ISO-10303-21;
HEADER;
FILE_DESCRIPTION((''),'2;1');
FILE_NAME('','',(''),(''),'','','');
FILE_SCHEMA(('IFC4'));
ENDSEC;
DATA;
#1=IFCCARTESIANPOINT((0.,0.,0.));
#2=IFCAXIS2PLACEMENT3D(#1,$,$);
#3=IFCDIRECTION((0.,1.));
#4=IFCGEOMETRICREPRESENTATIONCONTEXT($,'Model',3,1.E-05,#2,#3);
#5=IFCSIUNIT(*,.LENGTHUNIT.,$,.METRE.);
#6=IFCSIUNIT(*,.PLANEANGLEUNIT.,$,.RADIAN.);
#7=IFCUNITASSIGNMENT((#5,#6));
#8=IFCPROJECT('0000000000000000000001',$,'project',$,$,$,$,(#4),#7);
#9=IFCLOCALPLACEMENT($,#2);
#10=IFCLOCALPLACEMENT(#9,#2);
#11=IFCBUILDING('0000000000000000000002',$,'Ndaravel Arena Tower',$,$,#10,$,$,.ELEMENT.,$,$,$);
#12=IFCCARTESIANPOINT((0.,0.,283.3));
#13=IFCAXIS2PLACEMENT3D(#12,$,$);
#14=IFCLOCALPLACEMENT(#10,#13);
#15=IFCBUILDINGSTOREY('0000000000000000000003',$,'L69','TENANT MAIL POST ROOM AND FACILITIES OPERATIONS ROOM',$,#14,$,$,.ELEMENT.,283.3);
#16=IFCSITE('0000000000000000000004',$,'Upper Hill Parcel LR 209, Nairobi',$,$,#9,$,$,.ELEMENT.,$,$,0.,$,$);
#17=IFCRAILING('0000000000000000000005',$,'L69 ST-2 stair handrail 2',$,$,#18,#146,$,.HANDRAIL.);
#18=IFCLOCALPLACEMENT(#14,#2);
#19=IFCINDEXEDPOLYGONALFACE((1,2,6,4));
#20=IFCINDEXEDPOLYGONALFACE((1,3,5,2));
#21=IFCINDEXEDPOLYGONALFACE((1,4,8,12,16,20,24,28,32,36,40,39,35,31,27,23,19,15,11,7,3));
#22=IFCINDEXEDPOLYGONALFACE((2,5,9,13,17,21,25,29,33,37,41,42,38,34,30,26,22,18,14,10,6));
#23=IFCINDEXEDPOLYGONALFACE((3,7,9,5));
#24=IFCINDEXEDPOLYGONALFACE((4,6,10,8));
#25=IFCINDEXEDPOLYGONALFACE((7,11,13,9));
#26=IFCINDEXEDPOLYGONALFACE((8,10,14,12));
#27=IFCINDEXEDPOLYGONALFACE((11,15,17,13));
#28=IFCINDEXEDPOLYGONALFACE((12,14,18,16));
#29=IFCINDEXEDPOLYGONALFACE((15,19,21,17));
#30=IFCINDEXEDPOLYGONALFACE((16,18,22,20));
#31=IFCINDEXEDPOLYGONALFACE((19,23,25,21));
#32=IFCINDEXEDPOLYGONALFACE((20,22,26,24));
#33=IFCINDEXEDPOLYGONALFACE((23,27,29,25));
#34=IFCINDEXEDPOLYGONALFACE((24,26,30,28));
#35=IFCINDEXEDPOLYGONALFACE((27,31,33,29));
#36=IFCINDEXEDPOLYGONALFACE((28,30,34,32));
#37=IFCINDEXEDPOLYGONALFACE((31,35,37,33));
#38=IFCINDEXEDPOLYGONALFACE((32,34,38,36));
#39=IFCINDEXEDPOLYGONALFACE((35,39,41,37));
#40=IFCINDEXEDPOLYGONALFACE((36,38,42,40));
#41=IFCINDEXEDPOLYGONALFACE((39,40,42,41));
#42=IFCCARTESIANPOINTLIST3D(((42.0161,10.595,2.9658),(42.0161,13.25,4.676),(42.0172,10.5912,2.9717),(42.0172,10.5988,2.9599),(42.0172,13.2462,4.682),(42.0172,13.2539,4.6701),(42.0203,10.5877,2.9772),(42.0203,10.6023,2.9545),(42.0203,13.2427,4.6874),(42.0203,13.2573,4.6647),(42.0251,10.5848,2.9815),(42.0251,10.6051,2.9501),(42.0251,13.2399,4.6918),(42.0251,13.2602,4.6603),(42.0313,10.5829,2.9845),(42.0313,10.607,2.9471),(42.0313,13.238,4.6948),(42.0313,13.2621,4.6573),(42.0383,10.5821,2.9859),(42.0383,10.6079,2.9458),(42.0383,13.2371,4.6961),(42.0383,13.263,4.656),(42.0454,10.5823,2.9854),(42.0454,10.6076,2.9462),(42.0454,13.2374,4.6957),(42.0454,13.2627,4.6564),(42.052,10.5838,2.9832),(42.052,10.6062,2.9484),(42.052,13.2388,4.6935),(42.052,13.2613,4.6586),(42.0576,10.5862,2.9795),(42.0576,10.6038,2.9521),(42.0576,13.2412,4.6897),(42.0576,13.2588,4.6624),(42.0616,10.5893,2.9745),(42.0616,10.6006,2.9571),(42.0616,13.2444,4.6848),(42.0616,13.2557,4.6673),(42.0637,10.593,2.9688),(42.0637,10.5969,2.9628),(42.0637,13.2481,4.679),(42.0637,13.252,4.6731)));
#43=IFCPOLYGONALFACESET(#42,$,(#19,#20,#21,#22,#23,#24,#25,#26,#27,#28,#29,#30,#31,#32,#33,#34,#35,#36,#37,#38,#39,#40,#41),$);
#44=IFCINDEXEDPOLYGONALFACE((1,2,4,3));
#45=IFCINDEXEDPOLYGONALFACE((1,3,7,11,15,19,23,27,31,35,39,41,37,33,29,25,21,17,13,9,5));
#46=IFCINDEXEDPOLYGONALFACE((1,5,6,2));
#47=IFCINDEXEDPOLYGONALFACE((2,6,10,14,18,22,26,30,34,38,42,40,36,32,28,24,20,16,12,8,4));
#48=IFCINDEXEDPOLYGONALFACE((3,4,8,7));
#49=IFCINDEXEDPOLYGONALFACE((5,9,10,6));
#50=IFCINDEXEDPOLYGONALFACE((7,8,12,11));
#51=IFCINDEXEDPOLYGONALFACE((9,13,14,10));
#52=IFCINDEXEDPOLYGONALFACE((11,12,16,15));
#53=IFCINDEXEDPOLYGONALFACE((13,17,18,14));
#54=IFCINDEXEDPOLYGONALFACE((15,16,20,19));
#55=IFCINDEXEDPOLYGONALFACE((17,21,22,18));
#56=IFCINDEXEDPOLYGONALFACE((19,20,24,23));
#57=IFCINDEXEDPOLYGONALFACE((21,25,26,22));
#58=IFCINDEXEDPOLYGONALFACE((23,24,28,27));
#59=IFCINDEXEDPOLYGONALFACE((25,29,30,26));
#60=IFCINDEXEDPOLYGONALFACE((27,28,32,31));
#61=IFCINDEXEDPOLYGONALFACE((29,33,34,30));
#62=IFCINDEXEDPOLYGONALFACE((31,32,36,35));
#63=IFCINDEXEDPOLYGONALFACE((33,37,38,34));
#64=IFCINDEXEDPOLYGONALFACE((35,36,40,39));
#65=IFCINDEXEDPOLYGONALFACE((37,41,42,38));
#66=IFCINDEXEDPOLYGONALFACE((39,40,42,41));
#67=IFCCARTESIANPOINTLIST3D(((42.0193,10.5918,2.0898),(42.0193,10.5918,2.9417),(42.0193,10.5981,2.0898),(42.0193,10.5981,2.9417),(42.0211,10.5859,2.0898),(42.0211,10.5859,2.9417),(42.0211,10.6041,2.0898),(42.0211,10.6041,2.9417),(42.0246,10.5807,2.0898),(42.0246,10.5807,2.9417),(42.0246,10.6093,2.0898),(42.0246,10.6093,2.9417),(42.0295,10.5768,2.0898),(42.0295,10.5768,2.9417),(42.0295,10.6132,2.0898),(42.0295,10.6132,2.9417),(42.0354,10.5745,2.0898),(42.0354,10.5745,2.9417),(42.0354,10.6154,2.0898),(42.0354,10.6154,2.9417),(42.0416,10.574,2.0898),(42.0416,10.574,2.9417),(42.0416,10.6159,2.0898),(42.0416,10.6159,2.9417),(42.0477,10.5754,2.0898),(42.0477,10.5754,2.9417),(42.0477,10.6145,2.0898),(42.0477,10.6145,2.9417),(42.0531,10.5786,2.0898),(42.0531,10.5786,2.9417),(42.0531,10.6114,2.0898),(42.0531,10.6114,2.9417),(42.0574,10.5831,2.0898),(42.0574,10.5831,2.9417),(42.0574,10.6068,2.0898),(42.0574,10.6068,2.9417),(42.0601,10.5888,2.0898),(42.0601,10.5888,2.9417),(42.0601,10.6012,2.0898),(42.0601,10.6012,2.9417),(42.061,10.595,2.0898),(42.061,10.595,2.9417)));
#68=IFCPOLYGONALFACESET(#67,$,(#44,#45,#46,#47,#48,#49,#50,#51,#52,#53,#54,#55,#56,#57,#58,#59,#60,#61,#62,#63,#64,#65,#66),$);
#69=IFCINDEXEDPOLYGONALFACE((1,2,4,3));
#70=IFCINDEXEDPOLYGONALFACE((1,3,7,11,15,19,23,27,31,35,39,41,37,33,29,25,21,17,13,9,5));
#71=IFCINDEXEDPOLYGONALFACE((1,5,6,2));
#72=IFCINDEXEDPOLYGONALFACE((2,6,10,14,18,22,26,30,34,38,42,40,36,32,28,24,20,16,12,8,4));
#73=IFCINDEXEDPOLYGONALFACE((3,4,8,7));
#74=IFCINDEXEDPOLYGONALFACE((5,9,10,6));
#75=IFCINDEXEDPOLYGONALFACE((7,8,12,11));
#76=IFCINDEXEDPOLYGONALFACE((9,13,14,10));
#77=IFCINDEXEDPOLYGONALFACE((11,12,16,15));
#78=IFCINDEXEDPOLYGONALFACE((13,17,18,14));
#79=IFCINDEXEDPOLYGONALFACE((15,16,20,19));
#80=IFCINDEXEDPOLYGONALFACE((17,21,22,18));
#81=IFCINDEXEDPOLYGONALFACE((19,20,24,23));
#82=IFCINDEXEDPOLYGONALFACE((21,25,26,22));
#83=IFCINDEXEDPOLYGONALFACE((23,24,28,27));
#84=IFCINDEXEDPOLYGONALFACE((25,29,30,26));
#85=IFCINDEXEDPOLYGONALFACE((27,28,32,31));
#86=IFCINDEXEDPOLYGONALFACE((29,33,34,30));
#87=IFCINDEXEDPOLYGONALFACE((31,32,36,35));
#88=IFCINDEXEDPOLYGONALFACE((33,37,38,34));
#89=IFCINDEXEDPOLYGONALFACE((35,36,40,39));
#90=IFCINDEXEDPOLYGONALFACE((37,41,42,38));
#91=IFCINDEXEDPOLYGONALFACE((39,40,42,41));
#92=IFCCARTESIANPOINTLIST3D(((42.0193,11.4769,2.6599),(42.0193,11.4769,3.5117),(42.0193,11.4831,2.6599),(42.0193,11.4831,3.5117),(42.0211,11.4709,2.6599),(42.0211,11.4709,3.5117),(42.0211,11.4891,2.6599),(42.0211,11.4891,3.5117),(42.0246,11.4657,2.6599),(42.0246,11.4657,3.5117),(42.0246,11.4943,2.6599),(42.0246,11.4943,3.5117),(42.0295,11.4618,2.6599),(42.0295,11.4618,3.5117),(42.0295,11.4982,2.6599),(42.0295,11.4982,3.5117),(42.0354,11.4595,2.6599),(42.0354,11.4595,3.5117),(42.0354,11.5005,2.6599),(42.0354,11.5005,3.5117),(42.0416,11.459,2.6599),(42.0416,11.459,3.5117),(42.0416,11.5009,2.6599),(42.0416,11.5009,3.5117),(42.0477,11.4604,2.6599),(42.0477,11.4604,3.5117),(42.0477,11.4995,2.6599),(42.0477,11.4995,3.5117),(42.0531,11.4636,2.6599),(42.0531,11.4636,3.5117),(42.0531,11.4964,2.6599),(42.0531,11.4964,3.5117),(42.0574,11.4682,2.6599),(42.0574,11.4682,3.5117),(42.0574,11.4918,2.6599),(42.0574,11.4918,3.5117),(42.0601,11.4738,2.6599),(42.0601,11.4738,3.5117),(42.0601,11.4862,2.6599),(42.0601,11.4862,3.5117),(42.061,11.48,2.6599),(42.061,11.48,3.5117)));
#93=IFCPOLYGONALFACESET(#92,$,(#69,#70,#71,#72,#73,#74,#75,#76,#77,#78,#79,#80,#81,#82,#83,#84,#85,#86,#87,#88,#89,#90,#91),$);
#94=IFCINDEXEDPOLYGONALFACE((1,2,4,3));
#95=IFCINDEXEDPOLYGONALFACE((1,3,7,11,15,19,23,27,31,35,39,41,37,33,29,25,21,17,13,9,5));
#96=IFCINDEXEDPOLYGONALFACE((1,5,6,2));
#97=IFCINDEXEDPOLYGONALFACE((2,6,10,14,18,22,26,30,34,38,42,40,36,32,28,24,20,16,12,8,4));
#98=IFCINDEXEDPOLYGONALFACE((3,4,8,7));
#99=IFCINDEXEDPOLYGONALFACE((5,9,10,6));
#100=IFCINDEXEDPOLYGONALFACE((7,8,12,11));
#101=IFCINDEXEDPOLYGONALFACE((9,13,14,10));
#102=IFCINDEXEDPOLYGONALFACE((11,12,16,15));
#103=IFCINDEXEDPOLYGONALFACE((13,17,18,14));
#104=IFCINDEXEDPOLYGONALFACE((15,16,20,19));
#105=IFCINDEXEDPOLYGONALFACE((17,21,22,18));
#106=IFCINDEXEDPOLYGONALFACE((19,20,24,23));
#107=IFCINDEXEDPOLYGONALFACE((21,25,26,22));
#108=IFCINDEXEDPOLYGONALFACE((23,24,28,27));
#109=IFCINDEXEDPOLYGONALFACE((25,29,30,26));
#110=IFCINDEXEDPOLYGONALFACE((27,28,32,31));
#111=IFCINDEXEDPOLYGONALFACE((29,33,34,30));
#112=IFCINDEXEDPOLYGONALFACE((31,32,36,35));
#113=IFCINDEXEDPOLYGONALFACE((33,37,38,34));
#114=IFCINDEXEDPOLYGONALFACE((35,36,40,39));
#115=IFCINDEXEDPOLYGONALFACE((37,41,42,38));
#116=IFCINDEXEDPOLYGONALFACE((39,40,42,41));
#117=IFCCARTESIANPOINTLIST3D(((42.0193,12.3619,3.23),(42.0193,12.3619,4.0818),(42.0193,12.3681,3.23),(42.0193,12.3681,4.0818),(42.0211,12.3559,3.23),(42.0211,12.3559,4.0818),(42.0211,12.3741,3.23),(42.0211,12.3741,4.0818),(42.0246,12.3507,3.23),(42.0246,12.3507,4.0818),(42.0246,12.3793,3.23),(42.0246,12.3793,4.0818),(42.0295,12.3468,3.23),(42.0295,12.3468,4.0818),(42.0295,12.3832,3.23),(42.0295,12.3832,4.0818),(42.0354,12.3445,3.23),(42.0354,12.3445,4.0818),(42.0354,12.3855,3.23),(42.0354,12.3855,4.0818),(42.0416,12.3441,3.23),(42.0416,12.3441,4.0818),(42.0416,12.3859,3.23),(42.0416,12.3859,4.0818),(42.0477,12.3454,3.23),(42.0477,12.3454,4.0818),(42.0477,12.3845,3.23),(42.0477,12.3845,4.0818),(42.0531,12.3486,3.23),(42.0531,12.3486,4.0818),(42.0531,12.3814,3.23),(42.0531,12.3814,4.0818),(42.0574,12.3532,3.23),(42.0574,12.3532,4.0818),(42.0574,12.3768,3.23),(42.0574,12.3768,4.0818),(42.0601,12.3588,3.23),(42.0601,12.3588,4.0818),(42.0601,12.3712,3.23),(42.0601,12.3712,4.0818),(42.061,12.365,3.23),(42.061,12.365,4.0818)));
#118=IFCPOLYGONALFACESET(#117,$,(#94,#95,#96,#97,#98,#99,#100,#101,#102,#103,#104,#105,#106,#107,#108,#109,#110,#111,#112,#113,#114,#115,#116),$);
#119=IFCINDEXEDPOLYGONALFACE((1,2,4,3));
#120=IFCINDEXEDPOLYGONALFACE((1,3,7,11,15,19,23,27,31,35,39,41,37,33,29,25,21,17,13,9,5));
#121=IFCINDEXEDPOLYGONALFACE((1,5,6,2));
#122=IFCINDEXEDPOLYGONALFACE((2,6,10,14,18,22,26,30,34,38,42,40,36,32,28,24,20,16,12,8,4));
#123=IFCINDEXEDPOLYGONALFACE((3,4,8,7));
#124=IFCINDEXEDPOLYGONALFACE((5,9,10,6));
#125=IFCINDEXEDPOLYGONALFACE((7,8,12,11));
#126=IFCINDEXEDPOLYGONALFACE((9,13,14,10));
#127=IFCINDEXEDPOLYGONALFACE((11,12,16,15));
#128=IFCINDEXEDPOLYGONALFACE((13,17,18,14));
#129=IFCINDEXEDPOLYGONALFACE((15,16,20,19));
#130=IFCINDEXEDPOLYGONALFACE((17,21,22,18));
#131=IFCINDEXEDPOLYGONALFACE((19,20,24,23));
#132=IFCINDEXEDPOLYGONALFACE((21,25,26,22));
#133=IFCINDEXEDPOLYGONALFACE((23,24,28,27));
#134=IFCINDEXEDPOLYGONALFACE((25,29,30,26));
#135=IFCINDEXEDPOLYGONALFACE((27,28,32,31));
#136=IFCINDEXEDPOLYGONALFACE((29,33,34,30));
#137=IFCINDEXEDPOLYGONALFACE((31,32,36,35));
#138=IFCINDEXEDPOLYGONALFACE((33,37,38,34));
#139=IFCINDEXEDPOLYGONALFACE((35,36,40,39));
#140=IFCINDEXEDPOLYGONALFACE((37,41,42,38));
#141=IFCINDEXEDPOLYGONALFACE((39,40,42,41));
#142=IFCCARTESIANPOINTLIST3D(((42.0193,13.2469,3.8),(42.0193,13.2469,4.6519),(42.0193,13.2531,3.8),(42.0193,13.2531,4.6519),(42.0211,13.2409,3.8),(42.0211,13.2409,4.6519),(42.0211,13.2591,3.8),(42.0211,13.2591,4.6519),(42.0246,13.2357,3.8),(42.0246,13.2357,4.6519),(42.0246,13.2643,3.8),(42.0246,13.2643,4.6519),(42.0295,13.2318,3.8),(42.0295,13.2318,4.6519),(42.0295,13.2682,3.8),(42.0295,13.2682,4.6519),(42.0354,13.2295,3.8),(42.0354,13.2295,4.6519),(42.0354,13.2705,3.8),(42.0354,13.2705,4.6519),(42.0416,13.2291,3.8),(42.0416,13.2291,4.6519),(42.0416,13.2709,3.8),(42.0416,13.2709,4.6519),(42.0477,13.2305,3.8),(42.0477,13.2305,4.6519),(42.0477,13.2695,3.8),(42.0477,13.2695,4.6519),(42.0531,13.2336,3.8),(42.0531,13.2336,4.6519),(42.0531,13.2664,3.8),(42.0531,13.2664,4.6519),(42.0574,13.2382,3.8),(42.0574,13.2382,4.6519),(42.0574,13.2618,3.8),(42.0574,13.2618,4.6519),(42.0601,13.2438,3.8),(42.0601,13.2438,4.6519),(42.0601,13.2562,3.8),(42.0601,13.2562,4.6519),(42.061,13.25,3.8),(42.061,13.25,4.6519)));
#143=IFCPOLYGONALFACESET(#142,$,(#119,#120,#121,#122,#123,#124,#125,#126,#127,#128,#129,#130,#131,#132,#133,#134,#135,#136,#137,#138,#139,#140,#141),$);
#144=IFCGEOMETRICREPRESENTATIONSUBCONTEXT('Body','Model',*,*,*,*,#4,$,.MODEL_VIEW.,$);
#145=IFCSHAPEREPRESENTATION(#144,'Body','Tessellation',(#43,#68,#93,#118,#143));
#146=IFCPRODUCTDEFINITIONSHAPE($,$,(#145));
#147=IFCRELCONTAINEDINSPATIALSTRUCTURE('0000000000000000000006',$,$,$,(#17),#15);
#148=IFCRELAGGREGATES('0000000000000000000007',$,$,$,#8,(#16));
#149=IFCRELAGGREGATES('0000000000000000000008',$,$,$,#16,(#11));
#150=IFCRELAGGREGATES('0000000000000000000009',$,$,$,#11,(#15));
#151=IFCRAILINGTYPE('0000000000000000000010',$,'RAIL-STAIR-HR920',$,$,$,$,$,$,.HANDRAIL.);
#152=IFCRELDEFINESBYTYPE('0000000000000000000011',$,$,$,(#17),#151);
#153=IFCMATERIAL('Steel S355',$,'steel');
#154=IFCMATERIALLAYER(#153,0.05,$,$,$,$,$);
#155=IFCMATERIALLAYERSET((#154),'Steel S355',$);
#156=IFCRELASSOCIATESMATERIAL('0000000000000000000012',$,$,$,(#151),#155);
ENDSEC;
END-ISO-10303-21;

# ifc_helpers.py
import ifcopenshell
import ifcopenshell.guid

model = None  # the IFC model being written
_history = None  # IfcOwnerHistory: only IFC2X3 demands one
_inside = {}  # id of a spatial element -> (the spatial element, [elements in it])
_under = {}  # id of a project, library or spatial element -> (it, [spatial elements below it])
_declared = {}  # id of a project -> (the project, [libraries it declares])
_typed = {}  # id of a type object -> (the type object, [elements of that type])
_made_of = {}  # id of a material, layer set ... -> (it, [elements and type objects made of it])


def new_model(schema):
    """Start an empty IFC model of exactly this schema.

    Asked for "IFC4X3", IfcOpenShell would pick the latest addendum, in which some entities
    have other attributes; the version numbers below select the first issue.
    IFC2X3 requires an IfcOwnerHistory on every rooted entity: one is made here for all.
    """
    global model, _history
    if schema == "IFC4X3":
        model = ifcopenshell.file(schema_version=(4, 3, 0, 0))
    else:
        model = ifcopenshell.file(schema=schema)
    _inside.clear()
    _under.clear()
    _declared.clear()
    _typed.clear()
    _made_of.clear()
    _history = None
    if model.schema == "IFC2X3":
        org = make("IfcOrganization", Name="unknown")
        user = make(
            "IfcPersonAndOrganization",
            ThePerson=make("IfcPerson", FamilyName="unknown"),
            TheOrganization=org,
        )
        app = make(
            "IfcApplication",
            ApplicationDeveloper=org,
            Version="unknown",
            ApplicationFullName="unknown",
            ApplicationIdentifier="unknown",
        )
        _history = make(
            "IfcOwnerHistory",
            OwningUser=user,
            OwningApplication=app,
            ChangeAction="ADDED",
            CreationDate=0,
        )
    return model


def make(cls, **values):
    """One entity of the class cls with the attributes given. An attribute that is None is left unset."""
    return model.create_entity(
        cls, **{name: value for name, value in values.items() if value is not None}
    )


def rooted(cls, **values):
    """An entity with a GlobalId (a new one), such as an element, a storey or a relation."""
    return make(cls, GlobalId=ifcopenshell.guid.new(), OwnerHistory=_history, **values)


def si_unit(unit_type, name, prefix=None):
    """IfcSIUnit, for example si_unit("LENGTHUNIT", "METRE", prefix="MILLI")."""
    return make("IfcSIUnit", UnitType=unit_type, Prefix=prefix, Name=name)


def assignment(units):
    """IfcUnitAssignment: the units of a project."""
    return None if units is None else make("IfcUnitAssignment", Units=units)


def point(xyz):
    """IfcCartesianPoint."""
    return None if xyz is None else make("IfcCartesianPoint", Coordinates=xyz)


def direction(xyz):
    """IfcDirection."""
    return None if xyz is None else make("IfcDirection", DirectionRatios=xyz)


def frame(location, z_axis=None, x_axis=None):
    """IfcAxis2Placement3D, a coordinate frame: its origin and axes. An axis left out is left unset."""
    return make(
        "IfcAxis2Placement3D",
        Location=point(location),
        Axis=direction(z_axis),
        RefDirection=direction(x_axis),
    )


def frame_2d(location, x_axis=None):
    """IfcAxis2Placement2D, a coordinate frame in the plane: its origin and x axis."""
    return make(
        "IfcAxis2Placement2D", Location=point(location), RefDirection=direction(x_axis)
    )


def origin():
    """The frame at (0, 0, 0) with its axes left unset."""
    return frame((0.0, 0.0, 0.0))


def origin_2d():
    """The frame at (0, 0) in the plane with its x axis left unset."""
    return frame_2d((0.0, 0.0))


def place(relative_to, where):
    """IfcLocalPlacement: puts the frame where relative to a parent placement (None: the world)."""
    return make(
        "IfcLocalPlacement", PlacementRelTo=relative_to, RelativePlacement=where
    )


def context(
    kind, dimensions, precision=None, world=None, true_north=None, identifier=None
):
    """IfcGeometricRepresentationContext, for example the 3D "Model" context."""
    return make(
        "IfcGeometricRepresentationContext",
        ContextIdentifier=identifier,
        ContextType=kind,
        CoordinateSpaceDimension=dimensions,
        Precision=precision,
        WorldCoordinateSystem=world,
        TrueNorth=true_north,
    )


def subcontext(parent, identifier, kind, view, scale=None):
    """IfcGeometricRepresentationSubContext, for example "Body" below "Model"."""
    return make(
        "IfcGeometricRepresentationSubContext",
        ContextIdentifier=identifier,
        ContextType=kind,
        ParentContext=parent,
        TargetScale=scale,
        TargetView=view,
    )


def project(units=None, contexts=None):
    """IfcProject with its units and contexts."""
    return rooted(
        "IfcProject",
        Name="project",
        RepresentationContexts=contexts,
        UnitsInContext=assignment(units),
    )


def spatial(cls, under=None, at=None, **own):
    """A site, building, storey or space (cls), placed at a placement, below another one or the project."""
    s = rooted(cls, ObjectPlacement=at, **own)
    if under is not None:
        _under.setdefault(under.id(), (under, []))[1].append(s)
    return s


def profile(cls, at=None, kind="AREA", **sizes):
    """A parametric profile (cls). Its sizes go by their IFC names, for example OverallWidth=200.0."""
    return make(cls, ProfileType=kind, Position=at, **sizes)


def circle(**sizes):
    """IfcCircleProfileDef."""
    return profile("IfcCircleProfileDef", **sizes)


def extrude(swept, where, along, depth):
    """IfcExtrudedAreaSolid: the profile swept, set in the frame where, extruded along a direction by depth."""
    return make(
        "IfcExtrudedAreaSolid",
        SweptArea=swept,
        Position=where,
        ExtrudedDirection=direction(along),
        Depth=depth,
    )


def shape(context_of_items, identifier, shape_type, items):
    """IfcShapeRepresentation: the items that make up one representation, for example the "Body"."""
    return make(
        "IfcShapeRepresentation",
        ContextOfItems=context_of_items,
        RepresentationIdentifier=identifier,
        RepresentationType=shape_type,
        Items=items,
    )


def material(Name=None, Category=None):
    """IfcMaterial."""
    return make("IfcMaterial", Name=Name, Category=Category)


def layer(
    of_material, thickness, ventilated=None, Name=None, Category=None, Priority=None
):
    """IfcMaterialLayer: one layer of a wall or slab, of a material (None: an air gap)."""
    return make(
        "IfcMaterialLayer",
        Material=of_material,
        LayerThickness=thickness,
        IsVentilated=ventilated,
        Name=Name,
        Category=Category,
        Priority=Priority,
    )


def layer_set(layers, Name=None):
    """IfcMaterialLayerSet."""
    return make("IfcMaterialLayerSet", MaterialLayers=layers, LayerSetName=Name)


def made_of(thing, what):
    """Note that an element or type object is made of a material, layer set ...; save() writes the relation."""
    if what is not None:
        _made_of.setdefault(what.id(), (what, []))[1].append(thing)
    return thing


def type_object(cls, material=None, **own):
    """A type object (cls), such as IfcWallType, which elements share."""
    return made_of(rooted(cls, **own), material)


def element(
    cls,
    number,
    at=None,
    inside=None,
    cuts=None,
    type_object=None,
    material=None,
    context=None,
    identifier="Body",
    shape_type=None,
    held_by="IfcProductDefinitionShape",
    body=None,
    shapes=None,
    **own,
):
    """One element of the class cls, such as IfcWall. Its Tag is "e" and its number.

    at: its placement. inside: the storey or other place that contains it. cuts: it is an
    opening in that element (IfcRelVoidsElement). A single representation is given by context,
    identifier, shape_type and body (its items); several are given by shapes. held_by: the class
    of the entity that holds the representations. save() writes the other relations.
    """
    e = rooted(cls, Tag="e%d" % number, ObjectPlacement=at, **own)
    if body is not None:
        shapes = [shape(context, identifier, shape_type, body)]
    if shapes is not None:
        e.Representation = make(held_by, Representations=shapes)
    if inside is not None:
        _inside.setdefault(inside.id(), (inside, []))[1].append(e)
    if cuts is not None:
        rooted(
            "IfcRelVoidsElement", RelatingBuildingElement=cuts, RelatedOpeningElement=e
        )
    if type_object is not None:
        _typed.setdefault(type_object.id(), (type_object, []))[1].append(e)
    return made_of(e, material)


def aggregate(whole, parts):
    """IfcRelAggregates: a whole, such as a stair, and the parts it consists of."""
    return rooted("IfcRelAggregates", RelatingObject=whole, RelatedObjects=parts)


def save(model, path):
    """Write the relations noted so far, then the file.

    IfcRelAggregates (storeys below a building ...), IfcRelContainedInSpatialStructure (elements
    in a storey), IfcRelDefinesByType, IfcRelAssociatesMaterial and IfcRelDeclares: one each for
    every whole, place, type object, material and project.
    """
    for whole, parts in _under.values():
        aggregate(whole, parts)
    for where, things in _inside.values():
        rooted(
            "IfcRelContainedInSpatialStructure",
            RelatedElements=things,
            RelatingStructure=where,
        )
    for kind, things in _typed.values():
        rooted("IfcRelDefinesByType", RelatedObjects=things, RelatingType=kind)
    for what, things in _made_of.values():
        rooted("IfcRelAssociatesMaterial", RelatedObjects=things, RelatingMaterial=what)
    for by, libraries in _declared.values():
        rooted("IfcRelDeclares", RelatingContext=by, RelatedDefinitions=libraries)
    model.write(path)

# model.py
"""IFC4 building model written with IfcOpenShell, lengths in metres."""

from ifc_helpers import new_model, si_unit, direction, frame, origin, origin_2d, place, context, subcontext, project, spatial, circle, extrude, material, layer, layer_set, type_object, element, save


model = new_model("IFC4")

# Units and contexts
model_context = context("Model", 3, precision=1e-05, world=origin(), true_north=direction((0.0, 1.0)))
body_context = subcontext(model_context, "Body", "Model", "MODEL_VIEW")
ifc_project = project(units=[si_unit("LENGTHUNIT", "METRE"), si_unit("PLANEANGLEUNIT", "RADIAN")], contexts=[model_context])

# Site, building, storey
site_placement = place(None, origin())
site = spatial("IfcSite", under=ifc_project, at=site_placement, Name="Upper Hill Parcel LR 209, Nairobi", CompositionType="ELEMENT", RefElevation=0.0)
building_placement = place(site_placement, origin())
building = spatial("IfcBuilding", under=site, at=building_placement, Name="Ndaravel Arena Tower", CompositionType="ELEMENT")
storey_placement = place(building_placement, frame((0.0, 0.0, 283.3)))
storey = spatial("IfcBuildingStorey", under=building, at=storey_placement, Name="L69", Description="TENANT MAIL POST ROOM AND FACILITIES OPERATIONS ROOM", CompositionType="ELEMENT", Elevation=283.3)

# Railing
ifc_material_1 = material(Name="Steel S355", Category="steel")
ifc_layer_1 = layer(ifc_material_1, 0.05)
ifc_layer_set_1 = layer_set([ifc_layer_1], Name="Steel S355")
railing_type_1 = type_object("IfcRailingType", Name="RAIL-STAIR-HR920", PredefinedType="HANDRAIL", material=ifc_layer_set_1)
railing_1_placement = place(storey_placement, frame((42.04, 10.595, 2.0898)))
element("IfcRailing", 1, at=railing_1_placement, inside=storey, type_object=railing_type_1, Name="L69 ST-2 stair handrail 2", PredefinedType="HANDRAIL", context=body_context, shape_type="SweptSolid", body=[
    extrude(circle(Radius=0.0239, at=origin_2d()), frame((0.0, 0.0, 0.876), z_axis=(0.0, 0.840688, 0.541519), x_axis=(-1.0, 0.0, 0.0)), (0.0, 0.0, 1.0), 3.1582),
    extrude(circle(Radius=0.021, at=origin_2d()), origin(), (0.0, 0.0, 1.0), 0.8518),
    extrude(circle(Radius=0.021, at=origin_2d()), frame((0.0, 0.885, 0.5701)), (0.0, 0.0, 1.0), 0.8518),
    extrude(circle(Radius=0.021, at=origin_2d()), frame((0.0, 1.77, 1.1401)), (0.0, 0.0, 1.0), 0.8518),
    extrude(circle(Radius=0.021, at=origin_2d()), frame((0.0, 2.655, 1.7102)), (0.0, 0.0, 1.0), 0.8518),
])

save(model, "model.ifc")
